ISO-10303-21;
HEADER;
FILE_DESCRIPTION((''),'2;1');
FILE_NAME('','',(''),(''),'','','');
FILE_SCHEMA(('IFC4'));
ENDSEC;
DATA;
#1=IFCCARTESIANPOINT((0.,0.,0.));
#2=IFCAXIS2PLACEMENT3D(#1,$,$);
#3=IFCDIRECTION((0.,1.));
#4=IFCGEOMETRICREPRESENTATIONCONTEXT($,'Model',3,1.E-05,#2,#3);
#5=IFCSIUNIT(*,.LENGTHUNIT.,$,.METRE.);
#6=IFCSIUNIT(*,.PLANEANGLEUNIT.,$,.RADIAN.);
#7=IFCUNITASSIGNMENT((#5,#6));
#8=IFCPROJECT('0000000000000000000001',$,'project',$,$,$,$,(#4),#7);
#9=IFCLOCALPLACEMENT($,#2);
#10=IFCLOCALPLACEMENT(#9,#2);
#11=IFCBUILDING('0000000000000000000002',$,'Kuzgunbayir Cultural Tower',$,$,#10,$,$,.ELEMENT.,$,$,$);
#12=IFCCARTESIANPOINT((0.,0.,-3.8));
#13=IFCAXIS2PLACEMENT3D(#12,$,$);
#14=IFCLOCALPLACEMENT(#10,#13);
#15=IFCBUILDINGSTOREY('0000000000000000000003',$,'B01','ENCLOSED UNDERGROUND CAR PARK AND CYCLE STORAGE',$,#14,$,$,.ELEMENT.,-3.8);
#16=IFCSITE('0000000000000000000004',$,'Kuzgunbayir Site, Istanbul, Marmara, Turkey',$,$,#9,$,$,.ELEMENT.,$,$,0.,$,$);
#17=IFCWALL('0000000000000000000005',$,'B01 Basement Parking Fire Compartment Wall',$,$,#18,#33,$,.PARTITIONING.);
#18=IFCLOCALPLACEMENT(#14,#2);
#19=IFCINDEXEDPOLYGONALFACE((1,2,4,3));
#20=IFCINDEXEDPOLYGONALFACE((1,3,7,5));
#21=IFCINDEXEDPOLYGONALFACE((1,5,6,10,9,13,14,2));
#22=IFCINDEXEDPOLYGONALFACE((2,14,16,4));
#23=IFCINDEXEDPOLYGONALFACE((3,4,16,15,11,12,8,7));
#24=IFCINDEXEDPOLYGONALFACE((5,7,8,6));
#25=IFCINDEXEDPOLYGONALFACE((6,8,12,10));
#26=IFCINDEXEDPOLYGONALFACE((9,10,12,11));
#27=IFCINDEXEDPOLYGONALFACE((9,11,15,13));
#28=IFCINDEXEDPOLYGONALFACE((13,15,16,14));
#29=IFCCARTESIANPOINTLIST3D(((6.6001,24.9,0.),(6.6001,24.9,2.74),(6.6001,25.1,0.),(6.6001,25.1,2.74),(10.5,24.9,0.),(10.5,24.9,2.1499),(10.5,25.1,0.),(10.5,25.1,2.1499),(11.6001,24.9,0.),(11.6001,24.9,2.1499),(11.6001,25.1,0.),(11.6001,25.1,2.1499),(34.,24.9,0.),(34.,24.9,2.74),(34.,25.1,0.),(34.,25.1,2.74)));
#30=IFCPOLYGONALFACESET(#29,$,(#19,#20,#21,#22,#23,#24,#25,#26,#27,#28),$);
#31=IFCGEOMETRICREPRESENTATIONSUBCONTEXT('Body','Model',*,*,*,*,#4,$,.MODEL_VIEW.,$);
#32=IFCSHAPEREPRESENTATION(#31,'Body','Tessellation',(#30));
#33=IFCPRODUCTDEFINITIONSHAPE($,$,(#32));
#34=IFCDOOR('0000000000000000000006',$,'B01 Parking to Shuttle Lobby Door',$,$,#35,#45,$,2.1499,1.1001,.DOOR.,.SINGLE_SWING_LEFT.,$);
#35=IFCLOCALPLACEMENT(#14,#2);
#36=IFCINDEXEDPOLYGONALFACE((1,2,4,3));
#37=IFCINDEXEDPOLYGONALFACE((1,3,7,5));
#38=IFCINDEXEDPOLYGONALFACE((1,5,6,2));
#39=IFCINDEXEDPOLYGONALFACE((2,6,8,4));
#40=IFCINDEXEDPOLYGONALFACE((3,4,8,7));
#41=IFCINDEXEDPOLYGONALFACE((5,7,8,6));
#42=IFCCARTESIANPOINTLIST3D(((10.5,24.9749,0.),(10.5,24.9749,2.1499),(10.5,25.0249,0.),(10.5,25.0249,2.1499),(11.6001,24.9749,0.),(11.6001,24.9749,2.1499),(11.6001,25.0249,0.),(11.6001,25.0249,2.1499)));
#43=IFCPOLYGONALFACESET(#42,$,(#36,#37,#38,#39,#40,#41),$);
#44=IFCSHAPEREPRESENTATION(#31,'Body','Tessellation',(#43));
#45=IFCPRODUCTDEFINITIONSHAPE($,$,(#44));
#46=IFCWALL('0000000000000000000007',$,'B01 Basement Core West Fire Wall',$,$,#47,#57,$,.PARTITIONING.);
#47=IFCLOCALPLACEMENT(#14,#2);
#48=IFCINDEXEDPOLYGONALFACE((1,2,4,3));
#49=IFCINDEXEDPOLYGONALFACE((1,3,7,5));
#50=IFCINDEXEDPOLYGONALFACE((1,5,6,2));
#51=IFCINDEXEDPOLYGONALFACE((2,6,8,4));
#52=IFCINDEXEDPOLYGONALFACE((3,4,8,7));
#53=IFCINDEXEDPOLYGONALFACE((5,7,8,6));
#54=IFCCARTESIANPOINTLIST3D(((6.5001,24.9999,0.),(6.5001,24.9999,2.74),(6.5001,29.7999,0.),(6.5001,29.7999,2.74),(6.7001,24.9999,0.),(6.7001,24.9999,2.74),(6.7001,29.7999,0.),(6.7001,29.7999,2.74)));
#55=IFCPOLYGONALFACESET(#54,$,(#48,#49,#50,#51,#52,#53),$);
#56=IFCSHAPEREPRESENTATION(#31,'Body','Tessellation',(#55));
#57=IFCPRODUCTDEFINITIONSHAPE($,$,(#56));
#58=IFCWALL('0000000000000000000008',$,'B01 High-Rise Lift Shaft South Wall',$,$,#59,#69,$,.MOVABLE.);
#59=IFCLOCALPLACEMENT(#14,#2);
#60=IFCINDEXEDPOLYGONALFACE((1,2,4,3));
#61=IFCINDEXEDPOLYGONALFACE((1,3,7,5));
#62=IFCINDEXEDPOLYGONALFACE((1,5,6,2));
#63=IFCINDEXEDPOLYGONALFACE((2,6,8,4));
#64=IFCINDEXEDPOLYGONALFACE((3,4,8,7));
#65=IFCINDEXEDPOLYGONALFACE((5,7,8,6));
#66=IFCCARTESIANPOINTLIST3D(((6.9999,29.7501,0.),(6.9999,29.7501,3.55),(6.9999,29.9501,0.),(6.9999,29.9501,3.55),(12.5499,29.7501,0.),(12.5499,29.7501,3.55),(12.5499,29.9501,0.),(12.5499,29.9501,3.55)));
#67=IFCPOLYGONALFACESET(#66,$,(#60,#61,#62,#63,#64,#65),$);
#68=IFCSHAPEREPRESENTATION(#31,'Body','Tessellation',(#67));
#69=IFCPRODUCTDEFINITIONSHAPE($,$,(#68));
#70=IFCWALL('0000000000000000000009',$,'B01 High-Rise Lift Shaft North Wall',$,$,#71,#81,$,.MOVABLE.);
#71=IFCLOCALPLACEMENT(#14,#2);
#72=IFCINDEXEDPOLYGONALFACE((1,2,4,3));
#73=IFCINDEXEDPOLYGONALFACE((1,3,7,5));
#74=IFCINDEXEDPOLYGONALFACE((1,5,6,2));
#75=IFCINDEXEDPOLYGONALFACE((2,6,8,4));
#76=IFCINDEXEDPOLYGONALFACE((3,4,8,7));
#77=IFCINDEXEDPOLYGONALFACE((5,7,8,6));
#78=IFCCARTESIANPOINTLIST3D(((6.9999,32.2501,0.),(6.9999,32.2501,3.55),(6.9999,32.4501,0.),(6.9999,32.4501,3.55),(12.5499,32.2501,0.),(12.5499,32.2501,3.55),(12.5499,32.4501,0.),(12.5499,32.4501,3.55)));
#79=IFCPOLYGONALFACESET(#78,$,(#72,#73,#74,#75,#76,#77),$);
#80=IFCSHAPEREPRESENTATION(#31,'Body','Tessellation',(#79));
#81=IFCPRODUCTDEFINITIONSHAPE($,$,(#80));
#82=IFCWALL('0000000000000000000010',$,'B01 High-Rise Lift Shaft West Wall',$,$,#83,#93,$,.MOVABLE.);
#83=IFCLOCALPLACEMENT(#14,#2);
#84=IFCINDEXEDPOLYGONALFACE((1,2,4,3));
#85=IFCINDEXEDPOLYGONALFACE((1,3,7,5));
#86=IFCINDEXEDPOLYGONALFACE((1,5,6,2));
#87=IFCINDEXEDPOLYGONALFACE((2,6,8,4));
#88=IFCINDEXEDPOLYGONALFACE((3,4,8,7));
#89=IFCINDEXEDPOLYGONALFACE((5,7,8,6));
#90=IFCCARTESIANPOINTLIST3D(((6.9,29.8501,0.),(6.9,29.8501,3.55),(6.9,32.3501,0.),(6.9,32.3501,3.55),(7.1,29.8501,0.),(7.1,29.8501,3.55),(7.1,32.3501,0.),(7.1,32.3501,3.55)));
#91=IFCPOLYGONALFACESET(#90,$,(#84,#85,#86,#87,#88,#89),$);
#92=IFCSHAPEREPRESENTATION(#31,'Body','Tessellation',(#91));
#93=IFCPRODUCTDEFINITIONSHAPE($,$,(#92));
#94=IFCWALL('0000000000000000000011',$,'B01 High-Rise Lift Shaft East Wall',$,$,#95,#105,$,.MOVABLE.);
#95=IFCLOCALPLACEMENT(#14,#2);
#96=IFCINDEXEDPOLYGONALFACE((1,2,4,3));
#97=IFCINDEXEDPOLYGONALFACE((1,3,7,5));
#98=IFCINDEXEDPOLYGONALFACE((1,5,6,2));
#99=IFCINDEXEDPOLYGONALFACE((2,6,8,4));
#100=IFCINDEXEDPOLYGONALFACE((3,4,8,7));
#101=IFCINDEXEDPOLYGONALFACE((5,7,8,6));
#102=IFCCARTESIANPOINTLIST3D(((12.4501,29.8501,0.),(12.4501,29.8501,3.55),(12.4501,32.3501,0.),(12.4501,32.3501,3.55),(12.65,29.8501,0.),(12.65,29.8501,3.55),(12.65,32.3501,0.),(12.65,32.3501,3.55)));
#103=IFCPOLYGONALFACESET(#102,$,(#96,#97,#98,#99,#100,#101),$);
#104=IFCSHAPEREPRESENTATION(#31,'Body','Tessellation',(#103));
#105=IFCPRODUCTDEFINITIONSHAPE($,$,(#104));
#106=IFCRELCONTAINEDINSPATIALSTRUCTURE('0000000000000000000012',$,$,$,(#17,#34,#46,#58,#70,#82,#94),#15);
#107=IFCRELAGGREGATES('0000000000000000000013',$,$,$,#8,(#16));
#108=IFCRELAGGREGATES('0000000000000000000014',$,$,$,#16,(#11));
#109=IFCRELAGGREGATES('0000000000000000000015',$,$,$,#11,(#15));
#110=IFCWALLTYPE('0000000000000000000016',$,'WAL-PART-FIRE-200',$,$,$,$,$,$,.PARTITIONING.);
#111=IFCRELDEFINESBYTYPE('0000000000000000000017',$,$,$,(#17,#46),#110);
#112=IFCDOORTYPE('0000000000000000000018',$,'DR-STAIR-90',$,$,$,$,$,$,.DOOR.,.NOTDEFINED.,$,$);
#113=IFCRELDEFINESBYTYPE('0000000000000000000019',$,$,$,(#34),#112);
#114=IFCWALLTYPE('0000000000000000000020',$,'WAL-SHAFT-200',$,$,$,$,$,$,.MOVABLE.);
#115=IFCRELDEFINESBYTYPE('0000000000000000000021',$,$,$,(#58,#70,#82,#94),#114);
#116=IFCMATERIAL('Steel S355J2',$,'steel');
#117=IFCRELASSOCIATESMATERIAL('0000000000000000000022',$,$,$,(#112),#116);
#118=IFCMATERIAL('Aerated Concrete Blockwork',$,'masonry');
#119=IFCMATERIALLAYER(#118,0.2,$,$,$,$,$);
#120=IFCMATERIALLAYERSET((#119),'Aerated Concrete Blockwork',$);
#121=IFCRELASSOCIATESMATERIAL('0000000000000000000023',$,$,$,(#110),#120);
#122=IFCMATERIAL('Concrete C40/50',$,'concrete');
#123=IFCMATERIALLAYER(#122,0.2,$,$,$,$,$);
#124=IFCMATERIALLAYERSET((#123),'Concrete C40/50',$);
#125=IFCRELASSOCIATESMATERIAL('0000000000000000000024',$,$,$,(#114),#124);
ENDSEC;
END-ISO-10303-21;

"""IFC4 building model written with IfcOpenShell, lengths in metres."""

from ifc_helpers import new_model, si_unit, direction, frame, frame_2d, origin, place, context, subcontext, project, spatial, rectangle, extrude, material, layer, layer_set, type_object, element, fill, save


model = new_model("IFC4")

# Units and contexts
model_context = context("Model", 3, precision=1e-05, world=origin(), true_north=direction((0.0, 1.0)))
body_context = subcontext(model_context, "Body", "Model", "MODEL_VIEW")
ifc_project = project(units=[si_unit("LENGTHUNIT", "METRE"), si_unit("PLANEANGLEUNIT", "RADIAN")], contexts=[model_context])

# Site, building, storey
site_placement = place(None, origin())
site = spatial("IfcSite", under=ifc_project, at=site_placement, Name="Kuzgunbayir Site, Istanbul, Marmara, Turkey", CompositionType="ELEMENT", RefElevation=0.0)
building_placement = place(site_placement, origin())
building = spatial("IfcBuilding", under=site, at=building_placement, Name="Kuzgunbayir Cultural Tower", CompositionType="ELEMENT")
storey_placement = place(building_placement, frame((0.0, 0.0, -3.8)))
storey = spatial("IfcBuildingStorey", under=building, at=storey_placement, Name="B01", Description="ENCLOSED UNDERGROUND CAR PARK AND CYCLE STORAGE", CompositionType="ELEMENT", Elevation=-3.8)

# Shared definitions
ifc_material_1 = material(Name="Steel S355J2", Category="steel")
ifc_material_2 = material(Name="Concrete C40/50", Category="concrete")

# Shared definitions
door_type = type_object("IfcDoorType", Name="DR-STAIR-90", OperationType="NOTDEFINED", PredefinedType="DOOR", material=ifc_material_1)

# Wall, opening, door
ifc_material_3 = material(Name="Aerated Concrete Blockwork", Category="masonry")
ifc_layer_1 = layer(ifc_material_3, 0.2)
ifc_layer_set_1 = layer_set([ifc_layer_1], Name="Aerated Concrete Blockwork")
wall_type_1 = type_object("IfcWallType", Name="WAL-PART-FIRE-200", PredefinedType="PARTITIONING", material=ifc_layer_set_1)
wall_1_placement = place(storey_placement, frame((6.6001, 25.0, 0.0), z_axis=(0.0, 0.0, 1.0), x_axis=(1.0, 0.0, 0.0)))
wall_1 = element("IfcWall", 1, at=wall_1_placement, inside=storey, type_object=wall_type_1, Name="B01 Basement Parking Fire Compartment Wall", PredefinedType="PARTITIONING", context=body_context, shape_type="SweptSolid", body=[
    extrude(rectangle(XDim=27.3999, YDim=0.2, at=frame_2d((13.7, 0.0))), origin(), (0.0, 0.0, 1.0), 2.74),
])
opening_1_placement = place(wall_1_placement, frame((3.8999, 0.0, 0.0)))
opening_1 = element("IfcOpeningElement", 2, at=opening_1_placement, cuts=wall_1, PredefinedType="OPENING", context=body_context, shape_type="SweptSolid", body=[
    extrude(rectangle(XDim=1.1001, YDim=2.1499, at=frame_2d((0.55, 1.075))), frame((0.0, 0.1099, 0.0), z_axis=(0.0, -1.0, 0.0), x_axis=(1.0, 0.0, 0.0)), (0.0, 0.0, 1.0), 0.22),
])
door_1_placement = place(opening_1_placement, origin())
door_1 = element("IfcDoor", 3, at=door_1_placement, inside=storey, type_object=door_type, Name="B01 Parking to Shuttle Lobby Door", OperationType="SINGLE_SWING_LEFT", OverallHeight=2.1499, OverallWidth=1.1001, PredefinedType="DOOR", context=body_context, shape_type="SweptSolid", body=[
    extrude(rectangle(XDim=1.1001, YDim=2.1499, at=frame_2d((0.55, 1.075))), frame((0.0, 0.0249, 0.0), z_axis=(0.0, -1.0, 0.0), x_axis=(1.0, 0.0, 0.0)), (0.0, 0.0, 1.0), 0.05),
])
fill(opening_1, door_1)

# Walls
wall_2_placement = place(storey_placement, frame((6.6001, 25.0, 0.0), z_axis=(0.0, 0.0, 1.0), x_axis=(0.0, 1.0, 0.0)))
element("IfcWall", 4, at=wall_2_placement, inside=storey, type_object=wall_type_1, Name="B01 Basement Core West Fire Wall", PredefinedType="PARTITIONING", context=body_context, shape_type="SweptSolid", body=[
    extrude(rectangle(XDim=4.8, YDim=0.2, at=frame_2d((2.3999, 0.0))), origin(), (0.0, 0.0, 1.0), 2.74),
])
ifc_layer_2 = layer(ifc_material_2, 0.2)
ifc_layer_set_2 = layer_set([ifc_layer_2], Name="Concrete C40/50")
wall_type_2 = type_object("IfcWallType", Name="WAL-SHAFT-200", PredefinedType="MOVABLE", material=ifc_layer_set_2)
for number, where, z_axis, x_axis, name in (
    (5, (7.0, 29.8501, 0.0), (0.0, 0.0, 1.0), (1.0, 0.0, 0.0), "B01 High-Rise Lift Shaft South Wall"),
    (6, (7.0, 32.3501, 0.0), (0.0, 0.0, 1.0), (1.0, 0.0, 0.0), "B01 High-Rise Lift Shaft North Wall"),
):
    element("IfcWall", number, at=place(storey_placement, frame(where, z_axis=z_axis, x_axis=x_axis)), inside=storey, type_object=wall_type_2, Name=name, PredefinedType="MOVABLE", context=body_context, shape_type="SweptSolid", body=[
        extrude(rectangle(XDim=5.55, YDim=0.2, at=frame_2d((2.7749, 0.0))), origin(), (0.0, 0.0, 1.0), 3.55),
    ])
for number, where, z_axis, x_axis, name in (
    (7, (7.0, 29.8501, 0.0), (0.0, 0.0, 1.0), (0.0, 1.0, 0.0), "B01 High-Rise Lift Shaft West Wall"),
    (8, (12.55, 29.8501, 0.0), (0.0, 0.0, 1.0), (0.0, 1.0, 0.0), "B01 High-Rise Lift Shaft East Wall"),
):
    element("IfcWall", number, at=place(storey_placement, frame(where, z_axis=z_axis, x_axis=x_axis)), inside=storey, type_object=wall_type_2, Name=name, PredefinedType="MOVABLE", context=body_context, shape_type="SweptSolid", body=[
        extrude(rectangle(XDim=2.5, YDim=0.2, at=frame_2d((1.25, 0.0))), origin(), (0.0, 0.0, 1.0), 3.55),
    ])

save(model, "model.ifc")
